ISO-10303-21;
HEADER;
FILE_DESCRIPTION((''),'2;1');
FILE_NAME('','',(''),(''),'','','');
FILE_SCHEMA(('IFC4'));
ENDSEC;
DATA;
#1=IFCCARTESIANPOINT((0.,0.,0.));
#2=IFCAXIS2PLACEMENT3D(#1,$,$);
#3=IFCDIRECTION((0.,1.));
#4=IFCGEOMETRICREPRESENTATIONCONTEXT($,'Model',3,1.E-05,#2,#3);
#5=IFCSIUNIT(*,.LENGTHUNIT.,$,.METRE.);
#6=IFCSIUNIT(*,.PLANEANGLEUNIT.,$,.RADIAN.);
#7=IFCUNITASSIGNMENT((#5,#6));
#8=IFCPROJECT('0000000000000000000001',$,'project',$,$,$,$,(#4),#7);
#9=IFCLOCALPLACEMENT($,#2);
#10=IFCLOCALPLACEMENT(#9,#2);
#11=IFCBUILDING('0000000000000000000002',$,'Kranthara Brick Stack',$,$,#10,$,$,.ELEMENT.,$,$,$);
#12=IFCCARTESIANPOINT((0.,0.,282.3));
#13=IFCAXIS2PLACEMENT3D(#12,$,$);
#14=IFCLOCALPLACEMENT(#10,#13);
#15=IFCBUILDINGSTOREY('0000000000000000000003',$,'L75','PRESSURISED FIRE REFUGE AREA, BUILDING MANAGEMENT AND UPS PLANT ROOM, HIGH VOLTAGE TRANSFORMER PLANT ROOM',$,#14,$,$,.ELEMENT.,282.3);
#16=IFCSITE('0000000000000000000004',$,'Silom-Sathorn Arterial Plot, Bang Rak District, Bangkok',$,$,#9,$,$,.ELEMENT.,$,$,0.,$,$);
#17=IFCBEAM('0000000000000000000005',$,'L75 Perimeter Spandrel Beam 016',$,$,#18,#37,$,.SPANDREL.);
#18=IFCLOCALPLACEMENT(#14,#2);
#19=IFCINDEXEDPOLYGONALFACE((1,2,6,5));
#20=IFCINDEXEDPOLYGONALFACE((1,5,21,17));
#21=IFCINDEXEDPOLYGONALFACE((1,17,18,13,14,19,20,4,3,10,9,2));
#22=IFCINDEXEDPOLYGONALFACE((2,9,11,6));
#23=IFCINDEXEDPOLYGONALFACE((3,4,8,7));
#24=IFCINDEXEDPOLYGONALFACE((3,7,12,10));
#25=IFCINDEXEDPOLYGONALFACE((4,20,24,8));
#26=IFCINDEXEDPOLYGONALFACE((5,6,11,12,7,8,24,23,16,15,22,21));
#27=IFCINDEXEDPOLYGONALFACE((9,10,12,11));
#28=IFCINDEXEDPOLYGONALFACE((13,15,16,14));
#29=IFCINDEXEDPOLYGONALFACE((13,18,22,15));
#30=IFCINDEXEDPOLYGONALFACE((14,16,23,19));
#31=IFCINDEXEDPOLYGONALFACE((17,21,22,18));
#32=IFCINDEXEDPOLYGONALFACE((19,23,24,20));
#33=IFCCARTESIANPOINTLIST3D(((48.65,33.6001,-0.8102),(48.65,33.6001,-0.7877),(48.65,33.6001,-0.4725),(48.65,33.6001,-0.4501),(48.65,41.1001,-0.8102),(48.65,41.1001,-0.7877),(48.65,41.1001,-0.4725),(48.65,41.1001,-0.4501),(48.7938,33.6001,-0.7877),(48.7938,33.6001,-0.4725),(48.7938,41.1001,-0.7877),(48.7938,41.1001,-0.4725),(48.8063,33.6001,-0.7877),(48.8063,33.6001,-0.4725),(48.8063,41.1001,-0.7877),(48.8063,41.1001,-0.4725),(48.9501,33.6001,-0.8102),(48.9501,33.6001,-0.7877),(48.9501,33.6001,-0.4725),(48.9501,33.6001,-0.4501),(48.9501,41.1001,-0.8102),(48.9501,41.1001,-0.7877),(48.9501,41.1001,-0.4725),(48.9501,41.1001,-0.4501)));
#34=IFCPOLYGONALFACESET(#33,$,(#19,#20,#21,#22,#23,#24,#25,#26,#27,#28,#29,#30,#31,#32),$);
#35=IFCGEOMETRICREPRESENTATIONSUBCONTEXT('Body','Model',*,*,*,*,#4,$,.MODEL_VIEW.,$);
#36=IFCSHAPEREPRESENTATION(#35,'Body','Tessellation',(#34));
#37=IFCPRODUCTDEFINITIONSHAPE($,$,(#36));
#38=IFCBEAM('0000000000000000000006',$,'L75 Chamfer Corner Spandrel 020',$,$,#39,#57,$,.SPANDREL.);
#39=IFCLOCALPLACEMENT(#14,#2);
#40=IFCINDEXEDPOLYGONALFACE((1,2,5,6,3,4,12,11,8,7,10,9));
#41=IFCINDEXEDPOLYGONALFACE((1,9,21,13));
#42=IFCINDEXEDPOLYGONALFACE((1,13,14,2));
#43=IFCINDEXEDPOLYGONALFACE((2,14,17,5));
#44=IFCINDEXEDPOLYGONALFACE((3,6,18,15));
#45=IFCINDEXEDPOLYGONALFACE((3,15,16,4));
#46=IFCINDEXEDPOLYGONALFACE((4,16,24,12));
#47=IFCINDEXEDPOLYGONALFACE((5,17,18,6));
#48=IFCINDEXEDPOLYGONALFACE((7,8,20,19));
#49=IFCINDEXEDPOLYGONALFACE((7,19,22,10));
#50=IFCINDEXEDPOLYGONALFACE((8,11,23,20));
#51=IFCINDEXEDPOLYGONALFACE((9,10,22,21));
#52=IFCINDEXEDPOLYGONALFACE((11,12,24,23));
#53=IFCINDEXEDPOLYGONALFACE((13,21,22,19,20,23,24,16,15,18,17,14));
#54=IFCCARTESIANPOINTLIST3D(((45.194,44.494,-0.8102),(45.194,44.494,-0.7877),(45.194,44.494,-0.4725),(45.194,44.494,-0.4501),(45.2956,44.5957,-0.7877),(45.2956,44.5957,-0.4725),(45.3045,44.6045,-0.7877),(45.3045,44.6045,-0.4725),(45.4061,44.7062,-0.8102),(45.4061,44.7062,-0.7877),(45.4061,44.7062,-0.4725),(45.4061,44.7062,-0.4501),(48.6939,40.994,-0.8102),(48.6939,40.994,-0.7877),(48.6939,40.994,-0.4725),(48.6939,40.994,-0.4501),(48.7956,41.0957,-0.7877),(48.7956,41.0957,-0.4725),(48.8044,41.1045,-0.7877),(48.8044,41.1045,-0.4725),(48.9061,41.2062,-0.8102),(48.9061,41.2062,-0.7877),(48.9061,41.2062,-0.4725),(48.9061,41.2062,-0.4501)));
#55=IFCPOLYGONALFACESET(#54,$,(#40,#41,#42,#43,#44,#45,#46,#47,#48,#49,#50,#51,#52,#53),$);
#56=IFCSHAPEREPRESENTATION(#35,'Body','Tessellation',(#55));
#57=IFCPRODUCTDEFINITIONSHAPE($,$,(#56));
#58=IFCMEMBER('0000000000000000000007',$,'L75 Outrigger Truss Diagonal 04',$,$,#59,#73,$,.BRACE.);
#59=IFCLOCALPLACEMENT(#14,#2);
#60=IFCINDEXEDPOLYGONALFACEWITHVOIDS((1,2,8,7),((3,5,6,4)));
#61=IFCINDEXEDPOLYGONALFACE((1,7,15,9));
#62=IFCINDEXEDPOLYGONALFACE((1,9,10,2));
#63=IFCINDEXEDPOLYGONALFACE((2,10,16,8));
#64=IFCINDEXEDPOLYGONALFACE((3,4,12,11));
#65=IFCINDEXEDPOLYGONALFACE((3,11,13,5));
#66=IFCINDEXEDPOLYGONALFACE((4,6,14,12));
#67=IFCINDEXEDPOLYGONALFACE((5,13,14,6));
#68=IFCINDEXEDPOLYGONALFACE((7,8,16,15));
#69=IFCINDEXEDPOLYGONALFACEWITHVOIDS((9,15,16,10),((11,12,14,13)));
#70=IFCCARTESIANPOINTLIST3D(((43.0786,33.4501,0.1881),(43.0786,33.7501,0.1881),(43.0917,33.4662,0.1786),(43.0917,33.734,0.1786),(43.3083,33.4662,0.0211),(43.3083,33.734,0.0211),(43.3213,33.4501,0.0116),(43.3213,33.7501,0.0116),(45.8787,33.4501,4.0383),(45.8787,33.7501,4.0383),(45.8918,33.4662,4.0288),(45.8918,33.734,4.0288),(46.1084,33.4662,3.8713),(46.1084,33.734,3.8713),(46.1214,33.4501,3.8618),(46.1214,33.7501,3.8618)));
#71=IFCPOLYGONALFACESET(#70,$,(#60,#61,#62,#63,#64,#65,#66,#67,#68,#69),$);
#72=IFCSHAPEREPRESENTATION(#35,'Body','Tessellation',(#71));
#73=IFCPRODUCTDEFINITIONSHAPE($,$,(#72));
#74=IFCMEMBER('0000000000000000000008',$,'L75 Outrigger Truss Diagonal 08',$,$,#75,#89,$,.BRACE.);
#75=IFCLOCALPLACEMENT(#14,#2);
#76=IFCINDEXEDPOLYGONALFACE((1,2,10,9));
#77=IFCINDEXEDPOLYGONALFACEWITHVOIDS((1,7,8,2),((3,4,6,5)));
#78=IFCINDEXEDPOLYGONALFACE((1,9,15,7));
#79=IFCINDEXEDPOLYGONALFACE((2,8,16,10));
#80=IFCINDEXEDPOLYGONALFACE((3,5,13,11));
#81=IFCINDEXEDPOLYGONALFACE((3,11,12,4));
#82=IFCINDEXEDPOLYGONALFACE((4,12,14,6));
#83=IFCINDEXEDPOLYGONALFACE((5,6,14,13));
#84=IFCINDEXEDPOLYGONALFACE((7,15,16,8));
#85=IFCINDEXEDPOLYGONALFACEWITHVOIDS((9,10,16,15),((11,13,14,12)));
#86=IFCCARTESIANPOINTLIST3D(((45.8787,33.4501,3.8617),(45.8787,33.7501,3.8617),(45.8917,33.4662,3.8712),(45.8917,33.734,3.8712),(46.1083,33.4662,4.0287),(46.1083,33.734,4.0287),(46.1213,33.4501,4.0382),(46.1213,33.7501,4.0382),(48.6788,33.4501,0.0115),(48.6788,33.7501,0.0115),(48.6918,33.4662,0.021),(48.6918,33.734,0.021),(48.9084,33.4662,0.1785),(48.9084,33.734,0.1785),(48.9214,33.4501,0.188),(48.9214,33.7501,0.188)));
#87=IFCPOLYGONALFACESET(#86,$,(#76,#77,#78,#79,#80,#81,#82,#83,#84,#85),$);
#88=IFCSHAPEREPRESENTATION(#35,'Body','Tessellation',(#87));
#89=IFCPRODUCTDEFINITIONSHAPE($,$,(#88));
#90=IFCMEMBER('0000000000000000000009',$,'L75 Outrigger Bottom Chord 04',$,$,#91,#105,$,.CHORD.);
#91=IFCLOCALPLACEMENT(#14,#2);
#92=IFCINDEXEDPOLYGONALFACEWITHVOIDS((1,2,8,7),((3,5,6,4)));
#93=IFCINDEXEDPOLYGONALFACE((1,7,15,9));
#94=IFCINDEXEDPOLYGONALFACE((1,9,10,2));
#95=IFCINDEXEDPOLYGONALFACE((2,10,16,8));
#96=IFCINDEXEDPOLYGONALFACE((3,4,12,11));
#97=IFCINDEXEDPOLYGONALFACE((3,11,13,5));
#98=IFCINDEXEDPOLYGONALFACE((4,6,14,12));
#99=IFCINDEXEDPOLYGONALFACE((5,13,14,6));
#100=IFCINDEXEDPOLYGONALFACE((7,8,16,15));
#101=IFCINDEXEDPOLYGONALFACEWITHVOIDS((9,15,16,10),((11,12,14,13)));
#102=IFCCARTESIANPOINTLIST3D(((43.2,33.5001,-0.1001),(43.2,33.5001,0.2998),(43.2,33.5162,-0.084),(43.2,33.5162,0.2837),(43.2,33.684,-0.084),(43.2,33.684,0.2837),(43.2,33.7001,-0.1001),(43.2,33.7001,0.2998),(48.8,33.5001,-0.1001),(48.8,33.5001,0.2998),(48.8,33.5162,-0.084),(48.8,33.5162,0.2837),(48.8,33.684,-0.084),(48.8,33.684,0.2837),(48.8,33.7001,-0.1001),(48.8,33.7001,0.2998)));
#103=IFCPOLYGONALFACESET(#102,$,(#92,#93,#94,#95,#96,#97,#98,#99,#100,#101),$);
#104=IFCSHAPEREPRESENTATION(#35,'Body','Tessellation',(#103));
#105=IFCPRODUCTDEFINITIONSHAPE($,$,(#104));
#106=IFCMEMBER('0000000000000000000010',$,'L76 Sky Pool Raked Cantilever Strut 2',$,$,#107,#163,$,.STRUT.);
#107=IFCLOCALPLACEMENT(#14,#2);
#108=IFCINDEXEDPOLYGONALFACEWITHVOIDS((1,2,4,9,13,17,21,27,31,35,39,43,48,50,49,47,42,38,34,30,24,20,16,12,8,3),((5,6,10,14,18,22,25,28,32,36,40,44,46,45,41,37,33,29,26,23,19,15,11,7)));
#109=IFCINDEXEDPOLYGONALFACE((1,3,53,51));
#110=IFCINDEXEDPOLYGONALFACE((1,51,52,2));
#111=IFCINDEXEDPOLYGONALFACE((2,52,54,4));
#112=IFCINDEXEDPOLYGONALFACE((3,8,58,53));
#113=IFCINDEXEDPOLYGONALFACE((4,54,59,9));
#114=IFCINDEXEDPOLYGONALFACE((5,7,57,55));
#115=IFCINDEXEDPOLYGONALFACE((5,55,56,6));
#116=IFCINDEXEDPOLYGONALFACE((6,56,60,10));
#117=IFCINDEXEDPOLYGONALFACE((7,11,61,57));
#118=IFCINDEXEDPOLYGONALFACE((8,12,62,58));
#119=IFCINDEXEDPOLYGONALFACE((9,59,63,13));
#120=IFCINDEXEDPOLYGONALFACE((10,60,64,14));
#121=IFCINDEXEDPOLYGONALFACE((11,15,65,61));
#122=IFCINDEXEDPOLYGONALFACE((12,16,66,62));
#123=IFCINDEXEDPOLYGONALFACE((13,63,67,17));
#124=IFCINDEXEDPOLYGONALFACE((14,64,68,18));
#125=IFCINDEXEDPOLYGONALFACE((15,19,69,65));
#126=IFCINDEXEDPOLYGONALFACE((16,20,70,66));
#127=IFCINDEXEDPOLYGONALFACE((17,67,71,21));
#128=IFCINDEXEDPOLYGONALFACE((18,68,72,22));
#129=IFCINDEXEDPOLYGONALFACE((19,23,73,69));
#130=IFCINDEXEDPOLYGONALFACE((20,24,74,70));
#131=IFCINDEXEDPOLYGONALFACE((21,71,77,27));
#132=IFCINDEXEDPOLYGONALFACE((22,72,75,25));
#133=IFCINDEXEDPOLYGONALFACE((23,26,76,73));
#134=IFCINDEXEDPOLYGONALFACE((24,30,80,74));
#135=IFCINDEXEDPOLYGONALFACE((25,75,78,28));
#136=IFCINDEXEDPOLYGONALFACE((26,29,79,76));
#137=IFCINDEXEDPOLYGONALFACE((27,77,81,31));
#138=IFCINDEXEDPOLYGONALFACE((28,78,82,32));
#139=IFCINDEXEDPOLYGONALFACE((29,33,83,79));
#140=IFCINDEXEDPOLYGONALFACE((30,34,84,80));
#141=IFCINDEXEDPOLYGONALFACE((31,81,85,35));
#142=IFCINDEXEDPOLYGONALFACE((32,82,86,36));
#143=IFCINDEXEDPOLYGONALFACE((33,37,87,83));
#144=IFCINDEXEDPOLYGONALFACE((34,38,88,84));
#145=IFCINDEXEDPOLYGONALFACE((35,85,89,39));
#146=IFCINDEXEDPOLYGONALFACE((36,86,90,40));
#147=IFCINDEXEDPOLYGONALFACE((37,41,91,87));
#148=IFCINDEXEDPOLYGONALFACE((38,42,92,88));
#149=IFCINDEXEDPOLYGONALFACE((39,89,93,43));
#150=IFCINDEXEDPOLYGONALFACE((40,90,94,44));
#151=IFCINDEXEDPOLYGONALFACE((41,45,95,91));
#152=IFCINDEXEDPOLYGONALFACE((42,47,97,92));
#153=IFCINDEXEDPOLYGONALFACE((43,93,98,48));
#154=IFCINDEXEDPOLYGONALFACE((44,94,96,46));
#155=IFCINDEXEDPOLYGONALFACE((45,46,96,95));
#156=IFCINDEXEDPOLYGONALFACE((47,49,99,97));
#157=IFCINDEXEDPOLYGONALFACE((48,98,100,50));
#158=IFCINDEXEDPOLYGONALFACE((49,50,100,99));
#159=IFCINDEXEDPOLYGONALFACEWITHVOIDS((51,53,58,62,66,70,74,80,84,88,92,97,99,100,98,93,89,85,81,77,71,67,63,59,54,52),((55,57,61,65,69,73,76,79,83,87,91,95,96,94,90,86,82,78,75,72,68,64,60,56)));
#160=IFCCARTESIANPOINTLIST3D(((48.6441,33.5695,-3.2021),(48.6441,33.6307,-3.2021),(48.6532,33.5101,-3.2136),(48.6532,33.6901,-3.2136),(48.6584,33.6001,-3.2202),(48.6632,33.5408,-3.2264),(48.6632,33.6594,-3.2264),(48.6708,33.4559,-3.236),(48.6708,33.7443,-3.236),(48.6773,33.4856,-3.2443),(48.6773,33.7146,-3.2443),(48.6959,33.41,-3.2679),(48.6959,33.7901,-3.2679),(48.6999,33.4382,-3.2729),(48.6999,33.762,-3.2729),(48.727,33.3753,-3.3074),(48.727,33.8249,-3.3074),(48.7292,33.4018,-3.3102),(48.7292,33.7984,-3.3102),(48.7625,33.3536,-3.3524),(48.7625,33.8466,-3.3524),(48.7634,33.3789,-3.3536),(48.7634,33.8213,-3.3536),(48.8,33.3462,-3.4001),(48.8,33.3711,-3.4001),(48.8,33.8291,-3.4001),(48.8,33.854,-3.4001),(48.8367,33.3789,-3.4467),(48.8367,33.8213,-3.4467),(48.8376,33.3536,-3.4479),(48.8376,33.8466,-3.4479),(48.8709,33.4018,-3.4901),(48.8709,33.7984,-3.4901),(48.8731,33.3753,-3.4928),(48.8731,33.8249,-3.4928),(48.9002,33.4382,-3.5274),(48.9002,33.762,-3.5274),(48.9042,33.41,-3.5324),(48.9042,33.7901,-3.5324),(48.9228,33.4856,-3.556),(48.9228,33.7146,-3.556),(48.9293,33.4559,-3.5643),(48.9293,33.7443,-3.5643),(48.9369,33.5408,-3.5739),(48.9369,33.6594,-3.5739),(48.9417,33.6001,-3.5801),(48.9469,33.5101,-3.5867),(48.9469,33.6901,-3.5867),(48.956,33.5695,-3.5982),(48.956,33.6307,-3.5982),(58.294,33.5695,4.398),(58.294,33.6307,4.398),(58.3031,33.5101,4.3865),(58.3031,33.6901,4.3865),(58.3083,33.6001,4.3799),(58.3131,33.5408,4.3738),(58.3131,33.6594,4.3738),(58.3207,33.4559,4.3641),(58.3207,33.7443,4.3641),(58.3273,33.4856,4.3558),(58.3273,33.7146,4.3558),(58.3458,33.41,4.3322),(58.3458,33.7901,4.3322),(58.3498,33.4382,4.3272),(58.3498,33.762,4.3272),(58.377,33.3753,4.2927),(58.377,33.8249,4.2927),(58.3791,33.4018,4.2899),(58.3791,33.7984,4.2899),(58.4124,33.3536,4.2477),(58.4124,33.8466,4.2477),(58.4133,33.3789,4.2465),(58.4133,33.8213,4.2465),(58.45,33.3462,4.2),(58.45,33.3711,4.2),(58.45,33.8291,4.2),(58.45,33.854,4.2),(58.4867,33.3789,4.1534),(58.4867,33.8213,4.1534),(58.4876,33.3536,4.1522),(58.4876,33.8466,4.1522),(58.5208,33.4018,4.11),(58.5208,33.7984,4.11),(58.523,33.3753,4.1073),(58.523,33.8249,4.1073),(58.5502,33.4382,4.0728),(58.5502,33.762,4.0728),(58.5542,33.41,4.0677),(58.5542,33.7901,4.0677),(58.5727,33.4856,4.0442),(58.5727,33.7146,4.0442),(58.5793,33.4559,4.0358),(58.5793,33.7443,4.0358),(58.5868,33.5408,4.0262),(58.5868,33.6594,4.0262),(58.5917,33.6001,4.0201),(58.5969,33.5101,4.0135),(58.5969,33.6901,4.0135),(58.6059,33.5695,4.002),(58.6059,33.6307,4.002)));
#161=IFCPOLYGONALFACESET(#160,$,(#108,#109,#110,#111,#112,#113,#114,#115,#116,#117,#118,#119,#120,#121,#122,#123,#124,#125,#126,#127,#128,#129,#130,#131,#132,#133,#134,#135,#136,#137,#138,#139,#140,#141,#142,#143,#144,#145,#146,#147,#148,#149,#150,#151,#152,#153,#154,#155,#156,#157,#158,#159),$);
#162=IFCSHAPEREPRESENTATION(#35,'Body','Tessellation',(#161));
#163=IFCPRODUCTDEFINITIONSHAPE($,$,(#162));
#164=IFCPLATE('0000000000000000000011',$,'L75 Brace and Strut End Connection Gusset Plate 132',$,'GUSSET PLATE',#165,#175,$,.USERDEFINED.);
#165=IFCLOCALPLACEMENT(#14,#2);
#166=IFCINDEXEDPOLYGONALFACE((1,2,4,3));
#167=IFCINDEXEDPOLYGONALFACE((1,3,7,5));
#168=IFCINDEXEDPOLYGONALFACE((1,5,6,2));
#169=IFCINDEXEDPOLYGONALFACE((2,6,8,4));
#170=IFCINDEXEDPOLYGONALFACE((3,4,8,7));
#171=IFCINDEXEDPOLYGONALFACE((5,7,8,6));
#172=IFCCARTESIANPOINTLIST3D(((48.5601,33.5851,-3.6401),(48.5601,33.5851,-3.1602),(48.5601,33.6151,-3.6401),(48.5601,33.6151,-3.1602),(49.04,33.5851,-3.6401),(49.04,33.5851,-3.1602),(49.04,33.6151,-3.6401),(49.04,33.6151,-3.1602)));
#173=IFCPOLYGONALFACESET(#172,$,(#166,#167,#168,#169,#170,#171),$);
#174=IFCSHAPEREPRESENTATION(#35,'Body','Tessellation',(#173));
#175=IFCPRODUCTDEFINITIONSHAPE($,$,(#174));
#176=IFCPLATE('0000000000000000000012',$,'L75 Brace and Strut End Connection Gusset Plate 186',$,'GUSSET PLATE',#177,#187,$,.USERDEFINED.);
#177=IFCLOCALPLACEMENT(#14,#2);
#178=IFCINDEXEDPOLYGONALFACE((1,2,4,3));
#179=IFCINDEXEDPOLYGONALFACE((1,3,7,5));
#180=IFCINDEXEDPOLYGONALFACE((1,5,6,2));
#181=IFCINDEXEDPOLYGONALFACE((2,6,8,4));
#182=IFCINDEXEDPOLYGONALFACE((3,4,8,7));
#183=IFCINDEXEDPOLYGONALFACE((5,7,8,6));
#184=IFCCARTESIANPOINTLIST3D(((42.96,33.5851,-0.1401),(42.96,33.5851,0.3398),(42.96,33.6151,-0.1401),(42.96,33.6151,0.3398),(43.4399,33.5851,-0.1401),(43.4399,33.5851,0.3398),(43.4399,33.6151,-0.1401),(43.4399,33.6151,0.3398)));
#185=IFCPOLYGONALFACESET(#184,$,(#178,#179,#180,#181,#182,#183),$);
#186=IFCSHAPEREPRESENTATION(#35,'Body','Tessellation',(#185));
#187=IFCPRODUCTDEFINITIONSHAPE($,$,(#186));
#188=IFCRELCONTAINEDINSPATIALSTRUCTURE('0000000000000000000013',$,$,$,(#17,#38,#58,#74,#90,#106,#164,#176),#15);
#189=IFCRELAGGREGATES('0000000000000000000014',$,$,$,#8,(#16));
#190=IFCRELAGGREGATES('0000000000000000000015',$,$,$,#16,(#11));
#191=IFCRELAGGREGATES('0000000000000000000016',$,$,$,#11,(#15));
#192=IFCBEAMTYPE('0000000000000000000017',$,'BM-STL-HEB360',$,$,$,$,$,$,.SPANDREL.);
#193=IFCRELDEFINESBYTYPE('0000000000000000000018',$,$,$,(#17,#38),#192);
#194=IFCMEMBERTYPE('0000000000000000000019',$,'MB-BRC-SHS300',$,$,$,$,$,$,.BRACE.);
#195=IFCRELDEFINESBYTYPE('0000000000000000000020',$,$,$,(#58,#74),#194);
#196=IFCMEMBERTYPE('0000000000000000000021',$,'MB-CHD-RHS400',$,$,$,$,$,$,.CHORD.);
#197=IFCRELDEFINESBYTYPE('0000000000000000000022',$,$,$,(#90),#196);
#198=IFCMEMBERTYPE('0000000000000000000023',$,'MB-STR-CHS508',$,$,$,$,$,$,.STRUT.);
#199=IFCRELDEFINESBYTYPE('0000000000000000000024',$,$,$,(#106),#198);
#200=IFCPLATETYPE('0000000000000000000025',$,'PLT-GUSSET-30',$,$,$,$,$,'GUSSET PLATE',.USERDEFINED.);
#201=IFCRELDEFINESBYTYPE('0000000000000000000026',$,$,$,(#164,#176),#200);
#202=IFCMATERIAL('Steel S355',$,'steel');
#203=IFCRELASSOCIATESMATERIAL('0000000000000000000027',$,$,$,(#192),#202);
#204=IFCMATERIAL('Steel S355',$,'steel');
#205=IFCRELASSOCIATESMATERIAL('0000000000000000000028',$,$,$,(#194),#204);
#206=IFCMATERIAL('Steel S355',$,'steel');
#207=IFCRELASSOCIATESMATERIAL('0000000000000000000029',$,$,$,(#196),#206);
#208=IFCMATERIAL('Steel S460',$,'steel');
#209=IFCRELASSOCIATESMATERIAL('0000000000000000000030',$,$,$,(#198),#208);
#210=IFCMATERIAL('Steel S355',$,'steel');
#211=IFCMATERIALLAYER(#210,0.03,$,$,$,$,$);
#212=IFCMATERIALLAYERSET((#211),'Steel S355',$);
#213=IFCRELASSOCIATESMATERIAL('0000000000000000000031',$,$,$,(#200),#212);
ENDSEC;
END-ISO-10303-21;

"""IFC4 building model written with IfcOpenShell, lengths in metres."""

from ifc_helpers import new_model, si_unit, direction, frame, origin, origin_2d, place, context, subcontext, project, spatial, rectangle, hollow_rectangle, hollow_circle, i_section, extrude, material, layer, layer_set, material_profile, profile_set, type_object, element, save


model = new_model("IFC4")

# Units and contexts
model_context = context("Model", 3, precision=1e-05, world=origin(), true_north=direction((0.0, 1.0)))
body_context = subcontext(model_context, "Body", "Model", "MODEL_VIEW")
ifc_project = project(units=[si_unit("LENGTHUNIT", "METRE"), si_unit("PLANEANGLEUNIT", "RADIAN")], contexts=[model_context])

# Site, building, storey
site_placement = place(None, origin())
site = spatial("IfcSite", under=ifc_project, at=site_placement, Name="Silom-Sathorn Arterial Plot, Bang Rak District, Bangkok", CompositionType="ELEMENT", RefElevation=0.0)
building_placement = place(site_placement, origin())
building = spatial("IfcBuilding", under=site, at=building_placement, Name="Kranthara Brick Stack", CompositionType="ELEMENT")
storey_placement = place(building_placement, frame((0.0, 0.0, 282.3)))
storey = spatial("IfcBuildingStorey", under=building, at=storey_placement, Name="L75", Description="PRESSURISED FIRE REFUGE AREA, BUILDING MANAGEMENT AND UPS PLANT ROOM, HIGH VOLTAGE TRANSFORMER PLANT ROOM", CompositionType="ELEMENT", Elevation=282.3)

# Beams
ifc_material_1 = material(Name="Steel S355", Category="steel")
ifc_material_profile_1 = material_profile(ifc_material_1, i_section(OverallWidth=0.3, OverallDepth=0.3601, WebThickness=0.0125, FlangeThickness=0.0225, at=origin_2d()), Name="HEB 360")
ifc_profile_set_1 = profile_set([ifc_material_profile_1], Name="Steel S355")
beam_type_1 = type_object("IfcBeamType", Name="BM-STL-HEB360", PredefinedType="SPANDREL", material=ifc_profile_set_1)
beam_1_placement = place(storey_placement, frame((48.8, 33.6001, -0.6301), z_axis=(0.0, 1.0, 0.0), x_axis=(-1.0, 0.0, 0.0)))
element("IfcBeam", 1, at=beam_1_placement, inside=storey, type_object=beam_type_1, Name="L75 Perimeter Spandrel Beam 016", PredefinedType="SPANDREL", context=body_context, shape_type="SweptSolid", body=[
    extrude(i_section(OverallWidth=0.3, OverallDepth=0.3601, WebThickness=0.0125, FlangeThickness=0.0225, at=origin_2d()), origin(), (0.0, 0.0, 1.0), 7.5),
])
beam_2_placement = place(storey_placement, frame((45.3, 44.6001, -0.6301), z_axis=(0.707107, -0.707107, 0.0), x_axis=(0.707107, 0.707107, 0.0)))
element("IfcBeam", 2, at=beam_2_placement, inside=storey, type_object=beam_type_1, Name="L75 Chamfer Corner Spandrel 020", PredefinedType="SPANDREL", context=body_context, shape_type="SweptSolid", body=[
    extrude(i_section(OverallWidth=0.3, OverallDepth=0.3601, WebThickness=0.0125, FlangeThickness=0.0225, at=origin_2d()), origin(), (0.0, 0.0, 1.0), 4.9497),
])

# Members
ifc_material_2 = material(Name="Steel S355", Category="steel")
ifc_material_profile_2 = material_profile(ifc_material_2, hollow_rectangle(XDim=0.3, YDim=0.3, WallThickness=0.0161, at=origin_2d()), Name="SHS 300x300x16")
ifc_profile_set_2 = profile_set([ifc_material_profile_2], Name="Steel S355")
member_type_1 = type_object("IfcMemberType", Name="MB-BRC-SHS300", PredefinedType="BRACE", material=ifc_profile_set_2)
for number, where, z_axis, x_axis, name in (
    (3, (43.2, 33.6001, 0.0999), (0.588169, 0.0, 0.808738), (0.0, 1.0, 0.0), "L75 Outrigger Truss Diagonal 04"),
    (4, (46.0, 33.6001, 3.95), (0.588169, 0.0, -0.808738), (0.0, 1.0, 0.0), "L75 Outrigger Truss Diagonal 08"),
):
    element("IfcMember", number, at=place(storey_placement, frame(where, z_axis=z_axis, x_axis=x_axis)), inside=storey, type_object=member_type_1, Name=name, PredefinedType="BRACE", context=body_context, shape_type="SweptSolid", body=[
        extrude(hollow_rectangle(XDim=0.3, YDim=0.3, WallThickness=0.0161, at=origin_2d()), origin(), (0.0, 0.0, 1.0), 4.7607),
    ])
ifc_material_3 = material(Name="Steel S355", Category="steel")
ifc_material_profile_3 = material_profile(ifc_material_3, hollow_rectangle(XDim=0.2, YDim=0.3999, WallThickness=0.0161, at=origin_2d()), Name="RHS 200x400x16")
ifc_profile_set_3 = profile_set([ifc_material_profile_3], Name="Steel S355")
member_type_2 = type_object("IfcMemberType", Name="MB-CHD-RHS400", PredefinedType="CHORD", material=ifc_profile_set_3)
member_1_placement = place(storey_placement, frame((43.2, 33.6001, 0.0999), z_axis=(1.0, 0.0, 0.0), x_axis=(0.0, 1.0, 0.0)))
element("IfcMember", 5, at=member_1_placement, inside=storey, type_object=member_type_2, Name="L75 Outrigger Bottom Chord 04", PredefinedType="CHORD", context=body_context, shape_type="SweptSolid", body=[
    extrude(hollow_rectangle(XDim=0.2, YDim=0.3999, WallThickness=0.0161, at=origin_2d()), origin(), (0.0, 0.0, 1.0), 5.6001),
])
ifc_material_4 = material(Name="Steel S460", Category="steel")
ifc_material_profile_4 = material_profile(ifc_material_4, hollow_circle(Radius=0.2539, WallThickness=0.0249, at=origin_2d()), Name="CHS 508x25")
ifc_profile_set_4 = profile_set([ifc_material_profile_4], Name="Steel S460")
member_type_3 = type_object("IfcMemberType", Name="MB-STR-CHS508", PredefinedType="STRUT", material=ifc_profile_set_4)
member_2_placement = place(storey_placement, frame((48.8, 33.6001, -3.4001), z_axis=(0.785605, 0.0, 0.618729), x_axis=(0.0, 1.0, 0.0)))
element("IfcMember", 6, at=member_2_placement, inside=storey, type_object=member_type_3, Name="L76 Sky Pool Raked Cantilever Strut 2", PredefinedType="STRUT", context=body_context, shape_type="SweptSolid", body=[
    extrude(hollow_circle(Radius=0.2539, WallThickness=0.0249, at=origin_2d()), origin(), (0.0, 0.0, 1.0), 12.2834),
])

# Plates
ifc_material_5 = material(Name="Steel S355", Category="steel")
ifc_layer_1 = layer(ifc_material_5, 0.03)
ifc_layer_set_1 = layer_set([ifc_layer_1], Name="Steel S355")
plate_type = type_object("IfcPlateType", Name="PLT-GUSSET-30", ElementType="GUSSET PLATE", PredefinedType="USERDEFINED", material=ifc_layer_set_1)
for number, where, z_axis, x_axis, name in (
    (7, (48.8, 33.6001, -3.6401), (0.0, 0.0, 1.0), (1.0, 0.0, 0.0), "L75 Brace and Strut End Connection Gusset Plate 132"),
    (8, (43.2, 33.6001, -0.1401), (0.0, 0.0, 1.0), (1.0, 0.0, 0.0), "L75 Brace and Strut End Connection Gusset Plate 186"),
):
    element("IfcPlate", number, at=place(storey_placement, frame(where, z_axis=z_axis, x_axis=x_axis)), inside=storey, type_object=plate_type, Name=name, ObjectType="GUSSET PLATE", PredefinedType="USERDEFINED", context=body_context, shape_type="SweptSolid", body=[
        extrude(rectangle(XDim=0.48, YDim=0.03, at=origin_2d()), origin(), (0.0, 0.0, 1.0), 0.48),
    ])

save(model, "model.ifc")
